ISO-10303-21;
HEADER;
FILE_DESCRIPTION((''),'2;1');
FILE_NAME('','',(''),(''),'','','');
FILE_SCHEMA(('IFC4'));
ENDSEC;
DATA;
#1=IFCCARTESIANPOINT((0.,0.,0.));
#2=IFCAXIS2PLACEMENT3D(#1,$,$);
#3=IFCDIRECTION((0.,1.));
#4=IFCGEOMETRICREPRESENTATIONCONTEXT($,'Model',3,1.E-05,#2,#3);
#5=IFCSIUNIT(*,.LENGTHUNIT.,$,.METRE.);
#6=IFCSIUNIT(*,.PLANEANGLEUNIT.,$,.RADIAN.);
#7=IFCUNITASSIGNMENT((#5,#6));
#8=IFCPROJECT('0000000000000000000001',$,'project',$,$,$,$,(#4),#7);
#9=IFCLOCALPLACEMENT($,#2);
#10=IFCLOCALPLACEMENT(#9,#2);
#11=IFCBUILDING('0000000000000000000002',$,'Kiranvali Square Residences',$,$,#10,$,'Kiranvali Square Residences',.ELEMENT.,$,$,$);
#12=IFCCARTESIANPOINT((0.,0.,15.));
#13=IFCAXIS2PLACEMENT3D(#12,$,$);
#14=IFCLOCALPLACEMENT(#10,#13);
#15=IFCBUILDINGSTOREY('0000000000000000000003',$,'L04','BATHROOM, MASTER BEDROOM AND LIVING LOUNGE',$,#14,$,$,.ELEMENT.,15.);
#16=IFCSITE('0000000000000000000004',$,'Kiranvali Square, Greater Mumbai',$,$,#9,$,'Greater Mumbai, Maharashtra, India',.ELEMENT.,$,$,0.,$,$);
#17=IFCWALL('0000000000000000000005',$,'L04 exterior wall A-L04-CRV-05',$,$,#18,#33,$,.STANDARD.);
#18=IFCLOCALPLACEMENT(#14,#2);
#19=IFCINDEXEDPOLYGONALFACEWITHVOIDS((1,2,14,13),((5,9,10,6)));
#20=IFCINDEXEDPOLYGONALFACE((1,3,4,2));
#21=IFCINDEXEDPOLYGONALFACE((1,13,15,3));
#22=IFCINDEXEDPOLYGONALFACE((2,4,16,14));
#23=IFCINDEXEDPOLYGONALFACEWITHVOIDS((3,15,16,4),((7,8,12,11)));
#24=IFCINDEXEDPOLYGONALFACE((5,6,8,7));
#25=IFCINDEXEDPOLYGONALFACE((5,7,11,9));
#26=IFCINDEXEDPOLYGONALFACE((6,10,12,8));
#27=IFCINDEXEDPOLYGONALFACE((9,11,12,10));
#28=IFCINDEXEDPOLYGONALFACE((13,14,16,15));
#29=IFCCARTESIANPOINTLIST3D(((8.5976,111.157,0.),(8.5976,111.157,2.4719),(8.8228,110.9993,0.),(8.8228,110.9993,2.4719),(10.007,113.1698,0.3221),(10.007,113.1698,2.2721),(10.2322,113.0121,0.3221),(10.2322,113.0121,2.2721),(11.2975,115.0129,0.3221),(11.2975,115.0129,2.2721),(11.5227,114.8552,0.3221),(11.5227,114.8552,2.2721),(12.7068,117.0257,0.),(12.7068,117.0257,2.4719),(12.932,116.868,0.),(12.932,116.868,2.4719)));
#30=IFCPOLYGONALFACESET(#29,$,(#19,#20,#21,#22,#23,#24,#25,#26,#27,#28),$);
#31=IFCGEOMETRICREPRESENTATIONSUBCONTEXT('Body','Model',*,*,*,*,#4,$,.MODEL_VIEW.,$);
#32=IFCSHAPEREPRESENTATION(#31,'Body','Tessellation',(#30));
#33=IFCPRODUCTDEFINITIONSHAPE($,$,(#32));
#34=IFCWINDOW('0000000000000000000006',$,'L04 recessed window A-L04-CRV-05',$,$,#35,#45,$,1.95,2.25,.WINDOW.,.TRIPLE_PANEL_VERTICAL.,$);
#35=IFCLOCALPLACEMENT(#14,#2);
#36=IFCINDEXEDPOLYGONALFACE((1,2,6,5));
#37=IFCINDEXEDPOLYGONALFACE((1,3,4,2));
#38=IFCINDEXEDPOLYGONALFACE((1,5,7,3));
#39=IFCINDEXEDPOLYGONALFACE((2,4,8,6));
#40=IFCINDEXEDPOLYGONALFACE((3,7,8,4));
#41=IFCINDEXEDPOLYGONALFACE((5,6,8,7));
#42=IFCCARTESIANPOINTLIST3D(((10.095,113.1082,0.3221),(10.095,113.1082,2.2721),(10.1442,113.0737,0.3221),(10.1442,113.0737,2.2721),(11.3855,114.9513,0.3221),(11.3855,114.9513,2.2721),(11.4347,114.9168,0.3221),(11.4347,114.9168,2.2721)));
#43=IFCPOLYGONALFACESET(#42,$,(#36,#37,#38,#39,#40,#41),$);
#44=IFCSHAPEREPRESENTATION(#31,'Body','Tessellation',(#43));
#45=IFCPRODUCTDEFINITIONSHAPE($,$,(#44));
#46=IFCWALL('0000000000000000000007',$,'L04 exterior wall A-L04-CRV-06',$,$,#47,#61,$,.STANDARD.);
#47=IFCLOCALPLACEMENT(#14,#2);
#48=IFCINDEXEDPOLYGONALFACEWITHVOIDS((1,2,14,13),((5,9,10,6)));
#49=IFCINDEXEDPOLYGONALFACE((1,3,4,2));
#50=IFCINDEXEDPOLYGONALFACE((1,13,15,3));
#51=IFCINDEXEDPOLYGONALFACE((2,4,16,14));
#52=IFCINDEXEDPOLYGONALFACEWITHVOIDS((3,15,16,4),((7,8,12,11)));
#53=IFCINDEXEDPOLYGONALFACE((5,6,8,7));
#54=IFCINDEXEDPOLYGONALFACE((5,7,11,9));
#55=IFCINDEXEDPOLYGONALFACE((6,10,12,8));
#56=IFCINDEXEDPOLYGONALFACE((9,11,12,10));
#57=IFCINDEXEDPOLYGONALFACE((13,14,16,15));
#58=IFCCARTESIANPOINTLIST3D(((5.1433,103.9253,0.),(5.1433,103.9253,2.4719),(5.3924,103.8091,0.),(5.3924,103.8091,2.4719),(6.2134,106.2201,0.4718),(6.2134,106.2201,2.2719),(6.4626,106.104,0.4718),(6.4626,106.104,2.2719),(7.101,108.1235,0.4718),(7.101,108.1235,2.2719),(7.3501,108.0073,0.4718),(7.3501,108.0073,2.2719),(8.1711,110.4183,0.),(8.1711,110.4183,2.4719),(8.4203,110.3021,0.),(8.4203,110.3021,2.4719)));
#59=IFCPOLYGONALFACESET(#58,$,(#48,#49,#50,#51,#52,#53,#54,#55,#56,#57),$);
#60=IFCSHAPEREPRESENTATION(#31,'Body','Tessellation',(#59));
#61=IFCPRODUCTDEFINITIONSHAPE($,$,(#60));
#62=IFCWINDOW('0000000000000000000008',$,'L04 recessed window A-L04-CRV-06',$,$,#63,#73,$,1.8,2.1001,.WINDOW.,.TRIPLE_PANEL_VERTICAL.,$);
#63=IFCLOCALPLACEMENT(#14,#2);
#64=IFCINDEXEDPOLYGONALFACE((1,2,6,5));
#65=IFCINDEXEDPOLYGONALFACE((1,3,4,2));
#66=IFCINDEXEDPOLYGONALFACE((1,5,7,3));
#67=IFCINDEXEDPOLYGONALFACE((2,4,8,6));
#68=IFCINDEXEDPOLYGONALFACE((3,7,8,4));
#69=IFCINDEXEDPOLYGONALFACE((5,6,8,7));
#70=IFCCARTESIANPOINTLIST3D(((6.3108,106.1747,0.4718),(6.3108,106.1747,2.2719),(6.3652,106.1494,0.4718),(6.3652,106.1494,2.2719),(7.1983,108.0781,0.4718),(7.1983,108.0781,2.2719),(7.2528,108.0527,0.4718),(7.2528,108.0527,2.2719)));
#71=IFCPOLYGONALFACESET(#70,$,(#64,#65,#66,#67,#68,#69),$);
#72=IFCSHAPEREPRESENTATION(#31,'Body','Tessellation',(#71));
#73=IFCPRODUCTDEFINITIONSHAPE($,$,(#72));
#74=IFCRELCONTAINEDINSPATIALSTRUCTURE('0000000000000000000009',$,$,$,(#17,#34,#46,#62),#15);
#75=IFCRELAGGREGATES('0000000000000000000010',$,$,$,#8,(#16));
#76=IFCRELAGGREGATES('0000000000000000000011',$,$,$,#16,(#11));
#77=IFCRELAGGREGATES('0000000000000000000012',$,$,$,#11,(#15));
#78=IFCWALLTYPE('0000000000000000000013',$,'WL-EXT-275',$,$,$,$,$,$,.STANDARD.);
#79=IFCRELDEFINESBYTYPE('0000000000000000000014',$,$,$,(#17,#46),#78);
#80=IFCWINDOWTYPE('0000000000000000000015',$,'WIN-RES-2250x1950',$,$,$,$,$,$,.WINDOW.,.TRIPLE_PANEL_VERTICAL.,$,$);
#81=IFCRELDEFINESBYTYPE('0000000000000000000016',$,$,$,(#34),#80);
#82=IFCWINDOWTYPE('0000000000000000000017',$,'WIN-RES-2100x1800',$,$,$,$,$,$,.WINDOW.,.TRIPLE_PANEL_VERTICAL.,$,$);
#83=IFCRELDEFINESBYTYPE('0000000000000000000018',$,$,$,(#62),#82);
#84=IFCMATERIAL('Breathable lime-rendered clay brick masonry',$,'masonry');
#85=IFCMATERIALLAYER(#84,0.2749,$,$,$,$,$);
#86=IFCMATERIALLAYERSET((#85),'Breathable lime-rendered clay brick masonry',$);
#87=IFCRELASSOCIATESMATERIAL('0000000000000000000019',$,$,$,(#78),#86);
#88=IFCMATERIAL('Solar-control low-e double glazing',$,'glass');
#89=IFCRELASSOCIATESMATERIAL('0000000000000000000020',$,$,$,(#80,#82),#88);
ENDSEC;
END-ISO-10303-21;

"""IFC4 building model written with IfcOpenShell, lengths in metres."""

from ifc_helpers import new_model, si_unit, direction, frame, frame_2d, origin, place, context, subcontext, project, spatial, rectangle, extrude, material, layer, layer_set, type_object, element, fill, save


model = new_model("IFC4")

# Units and contexts
model_context = context("Model", 3, precision=1e-05, world=origin(), true_north=direction((0.0, 1.0)))
body_context = subcontext(model_context, "Body", "Model", "MODEL_VIEW")
ifc_project = project(units=[si_unit("LENGTHUNIT", "METRE"), si_unit("PLANEANGLEUNIT", "RADIAN")], contexts=[model_context])

# Site, building, storey
site_placement = place(None, origin())
site = spatial("IfcSite", under=ifc_project, at=site_placement, Name="Kiranvali Square, Greater Mumbai", LongName="Greater Mumbai, Maharashtra, India", CompositionType="ELEMENT", RefElevation=0.0)
building_placement = place(site_placement, origin())
building = spatial("IfcBuilding", under=site, at=building_placement, Name="Kiranvali Square Residences", LongName="Kiranvali Square Residences", CompositionType="ELEMENT")
storey_placement = place(building_placement, frame((0.0, 0.0, 15.0)))
storey = spatial("IfcBuildingStorey", under=building, at=storey_placement, Name="L04", Description="BATHROOM, MASTER BEDROOM AND LIVING LOUNGE", CompositionType="ELEMENT", Elevation=15.0)

# Shared definitions
ifc_material_1 = material(Name="Breathable lime-rendered clay brick masonry", Category="masonry")
ifc_layer = layer(ifc_material_1, 0.2749)
ifc_layer_set = layer_set([ifc_layer], Name="Breathable lime-rendered clay brick masonry")
wall_type = type_object("IfcWallType", Name="WL-EXT-275", PredefinedType="STANDARD", material=ifc_layer_set)
ifc_material_2 = material(Name="Solar-control low-e double glazing", Category="glass")

# Walls, openings, windows
wall_1_placement = place(storey_placement, frame((12.8193, 116.9468, 0.0), z_axis=(0.0, 0.0, 1.0), x_axis=(-0.573563, -0.819161, 0.0)))
wall_1 = element("IfcWall", 1, at=wall_1_placement, inside=storey, type_object=wall_type, Name="L04 exterior wall A-L04-CRV-05", PredefinedType="STANDARD", context=body_context, shape_type="SweptSolid", body=[
    extrude(rectangle(XDim=7.1643, YDim=0.2749, at=frame_2d((3.582, 0.0))), origin(), (0.0, 0.0, 1.0), 2.4719),
])
opening_1_placement = place(wall_1_placement, frame((2.457, 0.0, 0.322)))
opening_1 = element("IfcOpeningElement", 2, at=opening_1_placement, cuts=wall_1, PredefinedType="OPENING", context=body_context, shape_type="SweptSolid", body=[
    extrude(rectangle(XDim=2.25, YDim=1.95, at=frame_2d((1.125, 0.9751))), frame((0.0, 0.1475, 0.0), z_axis=(0.0, -1.0, 0.0), x_axis=(1.0, 0.0, 0.0)), (0.0, 0.0, 1.0), 0.2949),
])
window_type_1 = type_object("IfcWindowType", Name="WIN-RES-2250x1950", PartitioningType="TRIPLE_PANEL_VERTICAL", PredefinedType="WINDOW", material=ifc_material_2)
window_1_placement = place(opening_1_placement, origin())
window_1 = element("IfcWindow", 3, at=window_1_placement, inside=storey, type_object=window_type_1, Name="L04 recessed window A-L04-CRV-05", OverallHeight=1.95, OverallWidth=2.25, PartitioningType="TRIPLE_PANEL_VERTICAL", PredefinedType="WINDOW", context=body_context, shape_type="SweptSolid", body=[
    extrude(rectangle(XDim=2.25, YDim=1.95, at=frame_2d((1.125, 0.9751))), frame((0.0, 0.03, 0.0), z_axis=(0.0, -1.0, 0.0), x_axis=(1.0, 0.0, 0.0)), (0.0, 0.0, 1.0), 0.0601),
])
fill(opening_1, window_1)
wall_2_placement = place(storey_placement, frame((8.2957, 110.3601, 0.0), z_axis=(0.0, 0.0, 1.0), x_axis=(-0.422634, -0.906301, 0.0)))
wall_2 = element("IfcWall", 4, at=wall_2_placement, inside=storey, type_object=wall_type, Name="L04 exterior wall A-L04-CRV-06", PredefinedType="STANDARD", context=body_context, shape_type="SweptSolid", body=[
    extrude(rectangle(XDim=7.1643, YDim=0.2749, at=frame_2d((3.582, 0.0))), origin(), (0.0, 0.0, 1.0), 2.4719),
])
opening_2_placement = place(wall_2_placement, frame((2.532, 0.0, 0.4719)))
opening_2 = element("IfcOpeningElement", 5, at=opening_2_placement, cuts=wall_2, PredefinedType="OPENING", context=body_context, shape_type="SweptSolid", body=[
    extrude(rectangle(XDim=2.1001, YDim=1.8, at=frame_2d((1.05, 0.8999))), frame((0.0, 0.1475, 0.0), z_axis=(0.0, -1.0, 0.0), x_axis=(1.0, 0.0, 0.0)), (0.0, 0.0, 1.0), 0.2949),
])
window_type_2 = type_object("IfcWindowType", Name="WIN-RES-2100x1800", PartitioningType="TRIPLE_PANEL_VERTICAL", PredefinedType="WINDOW", material=ifc_material_2)
window_2_placement = place(opening_2_placement, origin())
window_2 = element("IfcWindow", 6, at=window_2_placement, inside=storey, type_object=window_type_2, Name="L04 recessed window A-L04-CRV-06", OverallHeight=1.8, OverallWidth=2.1001, PartitioningType="TRIPLE_PANEL_VERTICAL", PredefinedType="WINDOW", context=body_context, shape_type="SweptSolid", body=[
    extrude(rectangle(XDim=2.1001, YDim=1.8, at=frame_2d((1.05, 0.8999))), frame((0.0, 0.03, 0.0), z_axis=(0.0, -1.0, 0.0), x_axis=(1.0, 0.0, 0.0)), (0.0, 0.0, 1.0), 0.0601),
])
fill(opening_2, window_2)

save(model, "model.ifc")
